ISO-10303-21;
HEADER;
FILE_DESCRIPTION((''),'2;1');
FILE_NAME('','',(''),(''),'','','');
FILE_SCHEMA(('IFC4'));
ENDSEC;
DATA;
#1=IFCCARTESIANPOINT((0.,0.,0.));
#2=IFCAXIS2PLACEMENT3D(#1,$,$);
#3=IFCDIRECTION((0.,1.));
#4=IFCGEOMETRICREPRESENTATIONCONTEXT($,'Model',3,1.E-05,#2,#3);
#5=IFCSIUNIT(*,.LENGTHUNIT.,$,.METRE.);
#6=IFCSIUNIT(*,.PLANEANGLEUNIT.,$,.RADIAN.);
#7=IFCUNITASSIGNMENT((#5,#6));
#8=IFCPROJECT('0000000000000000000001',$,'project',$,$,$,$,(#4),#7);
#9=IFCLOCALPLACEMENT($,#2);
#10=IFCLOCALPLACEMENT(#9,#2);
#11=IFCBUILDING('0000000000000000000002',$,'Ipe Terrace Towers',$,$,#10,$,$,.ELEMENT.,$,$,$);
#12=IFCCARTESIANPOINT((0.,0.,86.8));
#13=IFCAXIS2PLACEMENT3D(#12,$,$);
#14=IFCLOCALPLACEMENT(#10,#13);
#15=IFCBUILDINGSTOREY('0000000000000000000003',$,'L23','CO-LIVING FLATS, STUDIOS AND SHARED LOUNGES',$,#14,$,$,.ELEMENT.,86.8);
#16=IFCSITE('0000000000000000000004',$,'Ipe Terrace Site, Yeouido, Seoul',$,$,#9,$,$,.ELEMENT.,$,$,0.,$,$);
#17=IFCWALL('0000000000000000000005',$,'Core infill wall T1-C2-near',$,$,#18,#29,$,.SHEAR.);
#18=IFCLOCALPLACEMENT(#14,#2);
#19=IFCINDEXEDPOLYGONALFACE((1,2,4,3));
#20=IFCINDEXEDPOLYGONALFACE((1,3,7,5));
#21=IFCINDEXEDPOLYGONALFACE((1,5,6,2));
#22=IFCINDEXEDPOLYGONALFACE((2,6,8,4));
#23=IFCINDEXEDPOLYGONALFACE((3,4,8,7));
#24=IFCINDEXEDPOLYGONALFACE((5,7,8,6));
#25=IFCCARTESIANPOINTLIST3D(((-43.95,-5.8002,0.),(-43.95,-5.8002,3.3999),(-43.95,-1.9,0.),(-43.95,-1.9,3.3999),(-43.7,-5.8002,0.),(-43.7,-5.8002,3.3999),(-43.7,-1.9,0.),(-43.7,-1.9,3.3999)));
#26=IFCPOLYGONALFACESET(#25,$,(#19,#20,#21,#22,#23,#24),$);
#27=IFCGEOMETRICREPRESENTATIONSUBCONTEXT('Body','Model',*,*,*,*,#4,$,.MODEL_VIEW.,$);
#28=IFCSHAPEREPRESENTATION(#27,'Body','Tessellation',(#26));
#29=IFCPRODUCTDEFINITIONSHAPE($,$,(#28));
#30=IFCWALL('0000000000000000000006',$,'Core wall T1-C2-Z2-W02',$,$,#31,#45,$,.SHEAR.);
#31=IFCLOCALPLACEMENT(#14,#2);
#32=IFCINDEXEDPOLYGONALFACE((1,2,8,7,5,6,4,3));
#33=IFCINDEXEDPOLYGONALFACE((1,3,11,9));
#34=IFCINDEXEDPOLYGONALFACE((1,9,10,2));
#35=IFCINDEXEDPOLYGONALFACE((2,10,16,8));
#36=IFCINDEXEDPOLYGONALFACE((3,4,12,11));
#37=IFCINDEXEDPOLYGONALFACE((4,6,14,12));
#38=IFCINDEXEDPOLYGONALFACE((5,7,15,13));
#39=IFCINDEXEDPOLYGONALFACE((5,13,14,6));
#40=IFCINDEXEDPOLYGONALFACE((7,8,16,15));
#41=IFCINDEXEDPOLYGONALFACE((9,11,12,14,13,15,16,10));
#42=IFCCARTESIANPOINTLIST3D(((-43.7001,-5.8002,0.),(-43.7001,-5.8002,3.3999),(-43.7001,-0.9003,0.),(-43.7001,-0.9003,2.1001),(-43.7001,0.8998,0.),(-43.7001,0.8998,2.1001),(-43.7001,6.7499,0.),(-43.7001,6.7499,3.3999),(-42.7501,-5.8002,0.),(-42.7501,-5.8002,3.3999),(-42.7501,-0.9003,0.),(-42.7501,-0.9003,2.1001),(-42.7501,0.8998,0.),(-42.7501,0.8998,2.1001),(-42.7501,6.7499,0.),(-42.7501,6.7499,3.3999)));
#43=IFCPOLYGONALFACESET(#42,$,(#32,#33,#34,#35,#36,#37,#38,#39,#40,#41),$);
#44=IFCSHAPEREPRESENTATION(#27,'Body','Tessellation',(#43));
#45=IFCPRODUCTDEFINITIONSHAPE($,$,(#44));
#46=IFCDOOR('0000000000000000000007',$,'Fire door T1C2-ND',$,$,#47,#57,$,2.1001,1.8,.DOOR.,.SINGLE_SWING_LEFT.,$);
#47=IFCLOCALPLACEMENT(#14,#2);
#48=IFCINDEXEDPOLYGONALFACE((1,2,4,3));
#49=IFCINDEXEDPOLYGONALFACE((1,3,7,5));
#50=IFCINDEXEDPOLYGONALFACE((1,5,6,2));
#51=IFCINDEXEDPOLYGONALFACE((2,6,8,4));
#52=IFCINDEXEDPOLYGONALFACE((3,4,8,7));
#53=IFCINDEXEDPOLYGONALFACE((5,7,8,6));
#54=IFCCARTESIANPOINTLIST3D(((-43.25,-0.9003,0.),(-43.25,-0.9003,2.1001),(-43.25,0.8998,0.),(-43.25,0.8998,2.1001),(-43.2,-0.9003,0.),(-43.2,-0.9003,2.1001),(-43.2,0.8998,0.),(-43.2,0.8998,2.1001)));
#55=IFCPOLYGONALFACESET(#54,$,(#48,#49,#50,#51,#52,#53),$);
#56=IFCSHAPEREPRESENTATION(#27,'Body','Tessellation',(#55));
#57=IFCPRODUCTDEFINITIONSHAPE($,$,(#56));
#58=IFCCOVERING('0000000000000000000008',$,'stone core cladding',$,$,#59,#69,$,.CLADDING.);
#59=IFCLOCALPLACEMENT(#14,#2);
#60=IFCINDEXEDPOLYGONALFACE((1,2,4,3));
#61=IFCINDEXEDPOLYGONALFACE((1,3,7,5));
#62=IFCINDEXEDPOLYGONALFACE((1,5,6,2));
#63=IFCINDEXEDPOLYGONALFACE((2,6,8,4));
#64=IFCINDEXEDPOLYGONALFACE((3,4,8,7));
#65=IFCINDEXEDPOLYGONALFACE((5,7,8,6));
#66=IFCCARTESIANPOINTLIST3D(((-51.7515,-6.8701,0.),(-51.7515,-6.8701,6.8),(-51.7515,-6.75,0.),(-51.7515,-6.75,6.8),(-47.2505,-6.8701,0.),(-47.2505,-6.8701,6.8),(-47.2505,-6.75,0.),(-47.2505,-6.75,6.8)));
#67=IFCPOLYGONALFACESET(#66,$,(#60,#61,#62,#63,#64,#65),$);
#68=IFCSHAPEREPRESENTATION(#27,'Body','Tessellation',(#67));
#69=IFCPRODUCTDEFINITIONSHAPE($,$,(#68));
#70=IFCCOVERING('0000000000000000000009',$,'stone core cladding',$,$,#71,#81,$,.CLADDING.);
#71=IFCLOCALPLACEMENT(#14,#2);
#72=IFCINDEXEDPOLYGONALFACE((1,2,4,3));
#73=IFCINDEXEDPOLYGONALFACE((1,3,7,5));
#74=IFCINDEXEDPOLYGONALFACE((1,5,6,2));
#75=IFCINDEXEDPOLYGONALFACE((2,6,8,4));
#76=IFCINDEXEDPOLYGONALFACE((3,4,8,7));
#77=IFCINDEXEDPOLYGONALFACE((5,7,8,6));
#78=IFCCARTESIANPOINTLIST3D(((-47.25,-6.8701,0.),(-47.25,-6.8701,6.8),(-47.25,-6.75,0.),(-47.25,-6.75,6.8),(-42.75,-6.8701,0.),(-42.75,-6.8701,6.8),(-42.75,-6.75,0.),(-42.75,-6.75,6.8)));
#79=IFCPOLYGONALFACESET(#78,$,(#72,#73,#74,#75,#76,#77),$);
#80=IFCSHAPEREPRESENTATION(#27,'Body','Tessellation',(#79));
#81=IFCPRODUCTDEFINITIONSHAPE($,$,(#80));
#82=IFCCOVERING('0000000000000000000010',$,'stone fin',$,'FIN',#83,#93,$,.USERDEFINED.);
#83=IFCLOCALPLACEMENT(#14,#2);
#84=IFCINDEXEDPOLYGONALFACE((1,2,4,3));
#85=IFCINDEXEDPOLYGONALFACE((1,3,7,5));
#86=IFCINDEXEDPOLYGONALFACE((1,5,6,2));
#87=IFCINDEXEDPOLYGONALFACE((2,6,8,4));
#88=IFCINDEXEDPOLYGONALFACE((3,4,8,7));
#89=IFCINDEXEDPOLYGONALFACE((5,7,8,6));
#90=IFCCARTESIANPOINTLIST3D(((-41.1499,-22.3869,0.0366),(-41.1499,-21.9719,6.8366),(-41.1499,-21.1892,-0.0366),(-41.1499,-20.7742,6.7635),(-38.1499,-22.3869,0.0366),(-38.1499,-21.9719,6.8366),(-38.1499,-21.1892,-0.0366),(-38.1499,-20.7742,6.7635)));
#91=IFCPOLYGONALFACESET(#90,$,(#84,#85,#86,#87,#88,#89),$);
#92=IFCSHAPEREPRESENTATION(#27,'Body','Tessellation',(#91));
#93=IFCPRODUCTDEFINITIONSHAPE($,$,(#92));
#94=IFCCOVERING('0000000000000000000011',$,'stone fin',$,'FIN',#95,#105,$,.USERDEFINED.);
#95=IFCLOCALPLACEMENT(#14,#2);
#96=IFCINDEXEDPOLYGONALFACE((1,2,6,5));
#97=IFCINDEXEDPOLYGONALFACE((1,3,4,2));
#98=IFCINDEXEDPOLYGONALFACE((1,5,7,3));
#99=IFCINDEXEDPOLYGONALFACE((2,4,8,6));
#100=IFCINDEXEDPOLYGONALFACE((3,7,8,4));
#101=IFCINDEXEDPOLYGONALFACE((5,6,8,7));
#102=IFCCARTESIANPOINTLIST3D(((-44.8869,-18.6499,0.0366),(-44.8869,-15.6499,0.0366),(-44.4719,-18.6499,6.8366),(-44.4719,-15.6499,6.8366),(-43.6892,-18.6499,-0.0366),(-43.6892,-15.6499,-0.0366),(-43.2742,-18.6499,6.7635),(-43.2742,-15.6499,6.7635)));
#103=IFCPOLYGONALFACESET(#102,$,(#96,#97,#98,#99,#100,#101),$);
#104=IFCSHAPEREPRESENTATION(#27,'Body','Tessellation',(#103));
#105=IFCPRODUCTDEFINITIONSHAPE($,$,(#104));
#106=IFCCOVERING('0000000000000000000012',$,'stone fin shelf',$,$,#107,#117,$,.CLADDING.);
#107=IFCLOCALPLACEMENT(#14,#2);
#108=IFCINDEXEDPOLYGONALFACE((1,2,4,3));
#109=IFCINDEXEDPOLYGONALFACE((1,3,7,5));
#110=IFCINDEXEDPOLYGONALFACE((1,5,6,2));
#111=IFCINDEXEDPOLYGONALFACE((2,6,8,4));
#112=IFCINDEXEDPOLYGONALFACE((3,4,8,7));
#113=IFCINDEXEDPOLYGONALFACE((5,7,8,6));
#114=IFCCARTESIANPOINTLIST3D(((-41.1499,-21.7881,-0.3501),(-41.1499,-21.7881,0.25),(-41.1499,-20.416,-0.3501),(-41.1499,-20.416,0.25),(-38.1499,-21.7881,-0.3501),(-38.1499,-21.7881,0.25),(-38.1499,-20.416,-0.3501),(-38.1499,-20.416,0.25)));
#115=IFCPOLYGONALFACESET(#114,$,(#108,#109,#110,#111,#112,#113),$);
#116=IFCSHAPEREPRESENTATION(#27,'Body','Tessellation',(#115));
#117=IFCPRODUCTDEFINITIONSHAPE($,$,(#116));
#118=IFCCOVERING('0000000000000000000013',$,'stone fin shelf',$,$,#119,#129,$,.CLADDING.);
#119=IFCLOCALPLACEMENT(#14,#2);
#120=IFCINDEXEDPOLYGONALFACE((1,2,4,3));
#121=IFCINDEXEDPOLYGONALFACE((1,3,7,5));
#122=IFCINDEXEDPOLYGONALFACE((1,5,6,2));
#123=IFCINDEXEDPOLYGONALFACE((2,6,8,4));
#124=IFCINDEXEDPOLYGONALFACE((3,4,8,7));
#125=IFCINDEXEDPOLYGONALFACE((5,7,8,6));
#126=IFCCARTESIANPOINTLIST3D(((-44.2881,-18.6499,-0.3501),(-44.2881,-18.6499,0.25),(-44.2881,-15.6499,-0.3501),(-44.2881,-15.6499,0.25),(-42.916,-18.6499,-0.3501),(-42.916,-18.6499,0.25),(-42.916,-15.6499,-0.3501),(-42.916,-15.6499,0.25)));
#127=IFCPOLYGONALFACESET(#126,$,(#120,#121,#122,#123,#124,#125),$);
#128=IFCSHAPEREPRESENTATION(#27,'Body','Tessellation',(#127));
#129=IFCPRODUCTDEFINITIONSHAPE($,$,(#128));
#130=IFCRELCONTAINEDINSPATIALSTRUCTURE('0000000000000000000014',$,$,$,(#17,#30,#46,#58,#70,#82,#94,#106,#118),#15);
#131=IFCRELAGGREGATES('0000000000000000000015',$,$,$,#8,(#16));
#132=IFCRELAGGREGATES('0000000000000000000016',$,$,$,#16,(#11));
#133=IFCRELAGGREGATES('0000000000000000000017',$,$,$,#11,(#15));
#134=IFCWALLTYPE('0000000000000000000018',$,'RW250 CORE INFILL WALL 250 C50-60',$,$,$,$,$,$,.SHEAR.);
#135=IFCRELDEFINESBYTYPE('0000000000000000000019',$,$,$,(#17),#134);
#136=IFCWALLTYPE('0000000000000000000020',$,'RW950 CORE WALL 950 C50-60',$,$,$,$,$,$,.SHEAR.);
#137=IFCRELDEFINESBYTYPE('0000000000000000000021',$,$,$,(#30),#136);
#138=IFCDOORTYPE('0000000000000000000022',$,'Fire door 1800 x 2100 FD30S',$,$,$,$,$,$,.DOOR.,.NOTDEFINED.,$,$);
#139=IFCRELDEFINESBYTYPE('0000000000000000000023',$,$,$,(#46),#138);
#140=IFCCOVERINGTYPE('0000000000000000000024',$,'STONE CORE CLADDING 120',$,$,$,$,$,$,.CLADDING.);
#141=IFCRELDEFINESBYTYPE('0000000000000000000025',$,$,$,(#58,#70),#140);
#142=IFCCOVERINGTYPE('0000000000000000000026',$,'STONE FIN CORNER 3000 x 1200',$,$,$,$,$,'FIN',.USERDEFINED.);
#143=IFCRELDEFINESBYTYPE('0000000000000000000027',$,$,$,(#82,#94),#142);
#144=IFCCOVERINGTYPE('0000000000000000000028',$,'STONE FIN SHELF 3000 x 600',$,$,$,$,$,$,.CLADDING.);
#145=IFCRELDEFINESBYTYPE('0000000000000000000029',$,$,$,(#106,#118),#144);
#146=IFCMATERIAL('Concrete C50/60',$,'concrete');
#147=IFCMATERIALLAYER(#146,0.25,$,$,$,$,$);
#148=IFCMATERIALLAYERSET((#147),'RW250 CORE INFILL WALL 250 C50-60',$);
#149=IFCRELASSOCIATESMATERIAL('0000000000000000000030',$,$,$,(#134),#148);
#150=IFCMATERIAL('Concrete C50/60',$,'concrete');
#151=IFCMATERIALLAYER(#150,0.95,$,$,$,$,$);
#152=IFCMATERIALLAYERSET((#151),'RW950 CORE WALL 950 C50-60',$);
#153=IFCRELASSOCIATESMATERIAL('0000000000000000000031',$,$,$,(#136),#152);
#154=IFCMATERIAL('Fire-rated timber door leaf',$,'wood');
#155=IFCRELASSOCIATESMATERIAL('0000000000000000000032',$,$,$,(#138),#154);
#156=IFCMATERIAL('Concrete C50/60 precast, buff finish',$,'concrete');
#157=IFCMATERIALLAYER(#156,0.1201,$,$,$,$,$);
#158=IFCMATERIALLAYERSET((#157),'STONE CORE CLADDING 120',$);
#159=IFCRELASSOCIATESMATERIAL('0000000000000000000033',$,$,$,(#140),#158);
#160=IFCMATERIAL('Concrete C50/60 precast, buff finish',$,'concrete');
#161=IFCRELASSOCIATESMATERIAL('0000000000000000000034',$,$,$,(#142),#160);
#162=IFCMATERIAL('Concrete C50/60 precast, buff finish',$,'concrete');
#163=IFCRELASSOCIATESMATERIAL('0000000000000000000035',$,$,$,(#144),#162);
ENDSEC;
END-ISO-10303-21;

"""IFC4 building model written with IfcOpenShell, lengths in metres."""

from ifc_helpers import new_model, si_unit, direction, frame, frame_2d, origin, origin_2d, place, context, subcontext, project, spatial, rectangle, extrude, material, layer, layer_set, material_profile, profile_set, type_object, element, fill, save


model = new_model("IFC4")

# Units and contexts
model_context = context("Model", 3, precision=1e-05, world=origin(), true_north=direction((0.0, 1.0)))
body_context = subcontext(model_context, "Body", "Model", "MODEL_VIEW")
ifc_project = project(units=[si_unit("LENGTHUNIT", "METRE"), si_unit("PLANEANGLEUNIT", "RADIAN")], contexts=[model_context])

# Site, building, storey
site_placement = place(None, origin())
site = spatial("IfcSite", under=ifc_project, at=site_placement, Name="Ipe Terrace Site, Yeouido, Seoul", CompositionType="ELEMENT", RefElevation=0.0)
building_placement = place(site_placement, origin())
building = spatial("IfcBuilding", under=site, at=building_placement, Name="Ipe Terrace Towers", CompositionType="ELEMENT")
storey_placement = place(building_placement, frame((0.0, 0.0, 86.8)))
storey = spatial("IfcBuildingStorey", under=building, at=storey_placement, Name="L23", Description="CO-LIVING FLATS, STUDIOS AND SHARED LOUNGES", CompositionType="ELEMENT", Elevation=86.8)

# Wall
ifc_material_1 = material(Name="Concrete C50/60", Category="concrete")
ifc_layer_1 = layer(ifc_material_1, 0.25)
ifc_layer_set_1 = layer_set([ifc_layer_1], Name="RW250 CORE INFILL WALL 250 C50-60")
wall_type_1 = type_object("IfcWallType", Name="RW250 CORE INFILL WALL 250 C50-60", PredefinedType="SHEAR", material=ifc_layer_set_1)
wall_1_placement = place(storey_placement, frame((-43.825, -1.8999, 0.0), z_axis=(0.0, 0.0, 1.0), x_axis=(0.0, -1.0, 0.0)))
element("IfcWall", 1, at=wall_1_placement, inside=storey, type_object=wall_type_1, Name="Core infill wall T1-C2-near", PredefinedType="SHEAR", context=body_context, shape_type="SweptSolid", body=[
    extrude(rectangle(XDim=3.9001, YDim=0.25, at=frame_2d((1.9502, 0.0))), origin(), (0.0, 0.0, 1.0), 3.3999),
])

# Wall, opening, door
ifc_material_2 = material(Name="Concrete C50/60", Category="concrete")
ifc_layer_2 = layer(ifc_material_2, 0.95)
ifc_layer_set_2 = layer_set([ifc_layer_2], Name="RW950 CORE WALL 950 C50-60")
wall_type_2 = type_object("IfcWallType", Name="RW950 CORE WALL 950 C50-60", PredefinedType="SHEAR", material=ifc_layer_set_2)
wall_2_placement = place(storey_placement, frame((-43.2251, -5.8, 0.0), z_axis=(0.0, 0.0, 1.0), x_axis=(0.0, 1.0, 0.0)))
wall_2 = element("IfcWall", 2, at=wall_2_placement, inside=storey, type_object=wall_type_2, Name="Core wall T1-C2-Z2-W02", PredefinedType="SHEAR", context=body_context, shape_type="SweptSolid", body=[
    extrude(rectangle(XDim=12.55, YDim=0.95, at=frame_2d((6.2749, 0.0))), origin(), (0.0, 0.0, 1.0), 3.3999),
])
opening_1_placement = place(wall_2_placement, frame((4.8999, 0.0, 0.0)))
opening_1 = element("IfcOpeningElement", 3, at=opening_1_placement, cuts=wall_2, PredefinedType="OPENING", context=body_context, shape_type="SweptSolid", body=[
    extrude(rectangle(XDim=1.8, YDim=2.1001, at=frame_2d((0.8999, 1.05))), frame((0.0, 0.4849, 0.0), z_axis=(0.0, -1.0, 0.0), x_axis=(1.0, 0.0, 0.0)), (0.0, 0.0, 1.0), 0.97),
])
ifc_material_3 = material(Name="Fire-rated timber door leaf", Category="wood")
door_type_1 = type_object("IfcDoorType", Name="Fire door 1800 x 2100 FD30S", OperationType="NOTDEFINED", PredefinedType="DOOR", material=ifc_material_3)
door_1_placement = place(opening_1_placement, origin())
door_1 = element("IfcDoor", 4, at=door_1_placement, inside=storey, type_object=door_type_1, Name="Fire door T1C2-ND", OperationType="SINGLE_SWING_LEFT", OverallHeight=2.1001, OverallWidth=1.8, PredefinedType="DOOR", context=body_context, shape_type="SweptSolid", body=[
    extrude(rectangle(XDim=1.8, YDim=2.1001, at=frame_2d((0.8999, 1.05))), frame((0.0, 0.0249, 0.0), z_axis=(0.0, -1.0, 0.0), x_axis=(1.0, 0.0, 0.0)), (0.0, 0.0, 1.0), 0.05),
])
fill(opening_1, door_1)

# Coverings
ifc_material_4 = material(Name="Concrete C50/60 precast, buff finish", Category="concrete")
ifc_layer_3 = layer(ifc_material_4, 0.1201)
ifc_layer_set_3 = layer_set([ifc_layer_3], Name="STONE CORE CLADDING 120")
covering_type_1 = type_object("IfcCoveringType", Name="STONE CORE CLADDING 120", PredefinedType="CLADDING", material=ifc_layer_set_3)
covering_1_placement = place(storey_placement, frame((-49.501, -6.8101, 0.0), z_axis=(0.0, 0.0, 1.0), x_axis=(1.0, 0.0, 0.0)))
element("IfcCovering", 5, at=covering_1_placement, inside=storey, type_object=covering_type_1, Name="stone core cladding", PredefinedType="CLADDING", context=body_context, shape_type="SweptSolid", body=[
    extrude(rectangle(XDim=4.501, YDim=0.1201, at=origin_2d()), origin(), (0.0, 0.0, 1.0), 6.8),
])
covering_2_placement = place(storey_placement, frame((-45.0, -6.8101, 0.0), z_axis=(0.0, 0.0, 1.0), x_axis=(1.0, 0.0, 0.0)))
element("IfcCovering", 6, at=covering_2_placement, inside=storey, type_object=covering_type_1, Name="stone core cladding", PredefinedType="CLADDING", context=body_context, shape_type="SweptSolid", body=[
    extrude(rectangle(XDim=4.5, YDim=0.1201, at=origin_2d()), origin(), (0.0, 0.0, 1.0), 6.8),
])
ifc_material_5 = material(Name="Concrete C50/60 precast, buff finish", Category="concrete")
ifc_material_profile_1 = material_profile(ifc_material_5, rectangle(XDim=3.0, YDim=1.2, at=origin_2d()), Name="STONE FIN CORNER 3000 x 1200")
ifc_profile_set_1 = profile_set([ifc_material_profile_1], Name="Concrete C50/60 precast, buff finish")
covering_type_2 = type_object("IfcCoveringType", Name="STONE FIN CORNER 3000 x 1200", ElementType="FIN", PredefinedType="USERDEFINED", material=ifc_profile_set_1)
for number, where, z_axis, x_axis, name in (
    (7, (-39.6499, -21.7881, 0.0), (0.0, 0.060921, 0.998143), (1.0, 0.0, 0.0), "stone fin"),
    (8, (-44.2881, -17.1499, 0.0), (0.060921, 0.0, 0.998143), (0.0, -1.0, 0.0), "stone fin"),
):
    element("IfcCovering", number, at=place(storey_placement, frame(where, z_axis=z_axis, x_axis=x_axis)), inside=storey, type_object=covering_type_2, Name=name, ObjectType="FIN", PredefinedType="USERDEFINED", context=body_context, shape_type="SweptSolid", body=[
        extrude(rectangle(XDim=3.0, YDim=1.2, at=origin_2d()), origin(), (0.0, 0.0, 1.0), 6.8127),
    ])
ifc_material_6 = material(Name="Concrete C50/60 precast, buff finish", Category="concrete")
covering_type_3 = type_object("IfcCoveringType", Name="STONE FIN SHELF 3000 x 600", PredefinedType="CLADDING", material=ifc_material_6)
for number, where, z_axis, x_axis, name in (
    (9, (-39.6499, -21.1021, -0.3501), (0.0, 0.0, 1.0), (1.0, 0.0, 0.0), "stone fin shelf"),
    (10, (-43.6021, -17.1499, -0.3501), (0.0, 0.0, 1.0), (0.0, -1.0, 0.0), "stone fin shelf"),
):
    element("IfcCovering", number, at=place(storey_placement, frame(where, z_axis=z_axis, x_axis=x_axis)), inside=storey, type_object=covering_type_3, Name=name, PredefinedType="CLADDING", context=body_context, shape_type="SweptSolid", body=[
        extrude(rectangle(XDim=3.0, YDim=1.3721, at=origin_2d()), origin(), (0.0, 0.0, 1.0), 0.6001),
    ])

save(model, "model.ifc")
